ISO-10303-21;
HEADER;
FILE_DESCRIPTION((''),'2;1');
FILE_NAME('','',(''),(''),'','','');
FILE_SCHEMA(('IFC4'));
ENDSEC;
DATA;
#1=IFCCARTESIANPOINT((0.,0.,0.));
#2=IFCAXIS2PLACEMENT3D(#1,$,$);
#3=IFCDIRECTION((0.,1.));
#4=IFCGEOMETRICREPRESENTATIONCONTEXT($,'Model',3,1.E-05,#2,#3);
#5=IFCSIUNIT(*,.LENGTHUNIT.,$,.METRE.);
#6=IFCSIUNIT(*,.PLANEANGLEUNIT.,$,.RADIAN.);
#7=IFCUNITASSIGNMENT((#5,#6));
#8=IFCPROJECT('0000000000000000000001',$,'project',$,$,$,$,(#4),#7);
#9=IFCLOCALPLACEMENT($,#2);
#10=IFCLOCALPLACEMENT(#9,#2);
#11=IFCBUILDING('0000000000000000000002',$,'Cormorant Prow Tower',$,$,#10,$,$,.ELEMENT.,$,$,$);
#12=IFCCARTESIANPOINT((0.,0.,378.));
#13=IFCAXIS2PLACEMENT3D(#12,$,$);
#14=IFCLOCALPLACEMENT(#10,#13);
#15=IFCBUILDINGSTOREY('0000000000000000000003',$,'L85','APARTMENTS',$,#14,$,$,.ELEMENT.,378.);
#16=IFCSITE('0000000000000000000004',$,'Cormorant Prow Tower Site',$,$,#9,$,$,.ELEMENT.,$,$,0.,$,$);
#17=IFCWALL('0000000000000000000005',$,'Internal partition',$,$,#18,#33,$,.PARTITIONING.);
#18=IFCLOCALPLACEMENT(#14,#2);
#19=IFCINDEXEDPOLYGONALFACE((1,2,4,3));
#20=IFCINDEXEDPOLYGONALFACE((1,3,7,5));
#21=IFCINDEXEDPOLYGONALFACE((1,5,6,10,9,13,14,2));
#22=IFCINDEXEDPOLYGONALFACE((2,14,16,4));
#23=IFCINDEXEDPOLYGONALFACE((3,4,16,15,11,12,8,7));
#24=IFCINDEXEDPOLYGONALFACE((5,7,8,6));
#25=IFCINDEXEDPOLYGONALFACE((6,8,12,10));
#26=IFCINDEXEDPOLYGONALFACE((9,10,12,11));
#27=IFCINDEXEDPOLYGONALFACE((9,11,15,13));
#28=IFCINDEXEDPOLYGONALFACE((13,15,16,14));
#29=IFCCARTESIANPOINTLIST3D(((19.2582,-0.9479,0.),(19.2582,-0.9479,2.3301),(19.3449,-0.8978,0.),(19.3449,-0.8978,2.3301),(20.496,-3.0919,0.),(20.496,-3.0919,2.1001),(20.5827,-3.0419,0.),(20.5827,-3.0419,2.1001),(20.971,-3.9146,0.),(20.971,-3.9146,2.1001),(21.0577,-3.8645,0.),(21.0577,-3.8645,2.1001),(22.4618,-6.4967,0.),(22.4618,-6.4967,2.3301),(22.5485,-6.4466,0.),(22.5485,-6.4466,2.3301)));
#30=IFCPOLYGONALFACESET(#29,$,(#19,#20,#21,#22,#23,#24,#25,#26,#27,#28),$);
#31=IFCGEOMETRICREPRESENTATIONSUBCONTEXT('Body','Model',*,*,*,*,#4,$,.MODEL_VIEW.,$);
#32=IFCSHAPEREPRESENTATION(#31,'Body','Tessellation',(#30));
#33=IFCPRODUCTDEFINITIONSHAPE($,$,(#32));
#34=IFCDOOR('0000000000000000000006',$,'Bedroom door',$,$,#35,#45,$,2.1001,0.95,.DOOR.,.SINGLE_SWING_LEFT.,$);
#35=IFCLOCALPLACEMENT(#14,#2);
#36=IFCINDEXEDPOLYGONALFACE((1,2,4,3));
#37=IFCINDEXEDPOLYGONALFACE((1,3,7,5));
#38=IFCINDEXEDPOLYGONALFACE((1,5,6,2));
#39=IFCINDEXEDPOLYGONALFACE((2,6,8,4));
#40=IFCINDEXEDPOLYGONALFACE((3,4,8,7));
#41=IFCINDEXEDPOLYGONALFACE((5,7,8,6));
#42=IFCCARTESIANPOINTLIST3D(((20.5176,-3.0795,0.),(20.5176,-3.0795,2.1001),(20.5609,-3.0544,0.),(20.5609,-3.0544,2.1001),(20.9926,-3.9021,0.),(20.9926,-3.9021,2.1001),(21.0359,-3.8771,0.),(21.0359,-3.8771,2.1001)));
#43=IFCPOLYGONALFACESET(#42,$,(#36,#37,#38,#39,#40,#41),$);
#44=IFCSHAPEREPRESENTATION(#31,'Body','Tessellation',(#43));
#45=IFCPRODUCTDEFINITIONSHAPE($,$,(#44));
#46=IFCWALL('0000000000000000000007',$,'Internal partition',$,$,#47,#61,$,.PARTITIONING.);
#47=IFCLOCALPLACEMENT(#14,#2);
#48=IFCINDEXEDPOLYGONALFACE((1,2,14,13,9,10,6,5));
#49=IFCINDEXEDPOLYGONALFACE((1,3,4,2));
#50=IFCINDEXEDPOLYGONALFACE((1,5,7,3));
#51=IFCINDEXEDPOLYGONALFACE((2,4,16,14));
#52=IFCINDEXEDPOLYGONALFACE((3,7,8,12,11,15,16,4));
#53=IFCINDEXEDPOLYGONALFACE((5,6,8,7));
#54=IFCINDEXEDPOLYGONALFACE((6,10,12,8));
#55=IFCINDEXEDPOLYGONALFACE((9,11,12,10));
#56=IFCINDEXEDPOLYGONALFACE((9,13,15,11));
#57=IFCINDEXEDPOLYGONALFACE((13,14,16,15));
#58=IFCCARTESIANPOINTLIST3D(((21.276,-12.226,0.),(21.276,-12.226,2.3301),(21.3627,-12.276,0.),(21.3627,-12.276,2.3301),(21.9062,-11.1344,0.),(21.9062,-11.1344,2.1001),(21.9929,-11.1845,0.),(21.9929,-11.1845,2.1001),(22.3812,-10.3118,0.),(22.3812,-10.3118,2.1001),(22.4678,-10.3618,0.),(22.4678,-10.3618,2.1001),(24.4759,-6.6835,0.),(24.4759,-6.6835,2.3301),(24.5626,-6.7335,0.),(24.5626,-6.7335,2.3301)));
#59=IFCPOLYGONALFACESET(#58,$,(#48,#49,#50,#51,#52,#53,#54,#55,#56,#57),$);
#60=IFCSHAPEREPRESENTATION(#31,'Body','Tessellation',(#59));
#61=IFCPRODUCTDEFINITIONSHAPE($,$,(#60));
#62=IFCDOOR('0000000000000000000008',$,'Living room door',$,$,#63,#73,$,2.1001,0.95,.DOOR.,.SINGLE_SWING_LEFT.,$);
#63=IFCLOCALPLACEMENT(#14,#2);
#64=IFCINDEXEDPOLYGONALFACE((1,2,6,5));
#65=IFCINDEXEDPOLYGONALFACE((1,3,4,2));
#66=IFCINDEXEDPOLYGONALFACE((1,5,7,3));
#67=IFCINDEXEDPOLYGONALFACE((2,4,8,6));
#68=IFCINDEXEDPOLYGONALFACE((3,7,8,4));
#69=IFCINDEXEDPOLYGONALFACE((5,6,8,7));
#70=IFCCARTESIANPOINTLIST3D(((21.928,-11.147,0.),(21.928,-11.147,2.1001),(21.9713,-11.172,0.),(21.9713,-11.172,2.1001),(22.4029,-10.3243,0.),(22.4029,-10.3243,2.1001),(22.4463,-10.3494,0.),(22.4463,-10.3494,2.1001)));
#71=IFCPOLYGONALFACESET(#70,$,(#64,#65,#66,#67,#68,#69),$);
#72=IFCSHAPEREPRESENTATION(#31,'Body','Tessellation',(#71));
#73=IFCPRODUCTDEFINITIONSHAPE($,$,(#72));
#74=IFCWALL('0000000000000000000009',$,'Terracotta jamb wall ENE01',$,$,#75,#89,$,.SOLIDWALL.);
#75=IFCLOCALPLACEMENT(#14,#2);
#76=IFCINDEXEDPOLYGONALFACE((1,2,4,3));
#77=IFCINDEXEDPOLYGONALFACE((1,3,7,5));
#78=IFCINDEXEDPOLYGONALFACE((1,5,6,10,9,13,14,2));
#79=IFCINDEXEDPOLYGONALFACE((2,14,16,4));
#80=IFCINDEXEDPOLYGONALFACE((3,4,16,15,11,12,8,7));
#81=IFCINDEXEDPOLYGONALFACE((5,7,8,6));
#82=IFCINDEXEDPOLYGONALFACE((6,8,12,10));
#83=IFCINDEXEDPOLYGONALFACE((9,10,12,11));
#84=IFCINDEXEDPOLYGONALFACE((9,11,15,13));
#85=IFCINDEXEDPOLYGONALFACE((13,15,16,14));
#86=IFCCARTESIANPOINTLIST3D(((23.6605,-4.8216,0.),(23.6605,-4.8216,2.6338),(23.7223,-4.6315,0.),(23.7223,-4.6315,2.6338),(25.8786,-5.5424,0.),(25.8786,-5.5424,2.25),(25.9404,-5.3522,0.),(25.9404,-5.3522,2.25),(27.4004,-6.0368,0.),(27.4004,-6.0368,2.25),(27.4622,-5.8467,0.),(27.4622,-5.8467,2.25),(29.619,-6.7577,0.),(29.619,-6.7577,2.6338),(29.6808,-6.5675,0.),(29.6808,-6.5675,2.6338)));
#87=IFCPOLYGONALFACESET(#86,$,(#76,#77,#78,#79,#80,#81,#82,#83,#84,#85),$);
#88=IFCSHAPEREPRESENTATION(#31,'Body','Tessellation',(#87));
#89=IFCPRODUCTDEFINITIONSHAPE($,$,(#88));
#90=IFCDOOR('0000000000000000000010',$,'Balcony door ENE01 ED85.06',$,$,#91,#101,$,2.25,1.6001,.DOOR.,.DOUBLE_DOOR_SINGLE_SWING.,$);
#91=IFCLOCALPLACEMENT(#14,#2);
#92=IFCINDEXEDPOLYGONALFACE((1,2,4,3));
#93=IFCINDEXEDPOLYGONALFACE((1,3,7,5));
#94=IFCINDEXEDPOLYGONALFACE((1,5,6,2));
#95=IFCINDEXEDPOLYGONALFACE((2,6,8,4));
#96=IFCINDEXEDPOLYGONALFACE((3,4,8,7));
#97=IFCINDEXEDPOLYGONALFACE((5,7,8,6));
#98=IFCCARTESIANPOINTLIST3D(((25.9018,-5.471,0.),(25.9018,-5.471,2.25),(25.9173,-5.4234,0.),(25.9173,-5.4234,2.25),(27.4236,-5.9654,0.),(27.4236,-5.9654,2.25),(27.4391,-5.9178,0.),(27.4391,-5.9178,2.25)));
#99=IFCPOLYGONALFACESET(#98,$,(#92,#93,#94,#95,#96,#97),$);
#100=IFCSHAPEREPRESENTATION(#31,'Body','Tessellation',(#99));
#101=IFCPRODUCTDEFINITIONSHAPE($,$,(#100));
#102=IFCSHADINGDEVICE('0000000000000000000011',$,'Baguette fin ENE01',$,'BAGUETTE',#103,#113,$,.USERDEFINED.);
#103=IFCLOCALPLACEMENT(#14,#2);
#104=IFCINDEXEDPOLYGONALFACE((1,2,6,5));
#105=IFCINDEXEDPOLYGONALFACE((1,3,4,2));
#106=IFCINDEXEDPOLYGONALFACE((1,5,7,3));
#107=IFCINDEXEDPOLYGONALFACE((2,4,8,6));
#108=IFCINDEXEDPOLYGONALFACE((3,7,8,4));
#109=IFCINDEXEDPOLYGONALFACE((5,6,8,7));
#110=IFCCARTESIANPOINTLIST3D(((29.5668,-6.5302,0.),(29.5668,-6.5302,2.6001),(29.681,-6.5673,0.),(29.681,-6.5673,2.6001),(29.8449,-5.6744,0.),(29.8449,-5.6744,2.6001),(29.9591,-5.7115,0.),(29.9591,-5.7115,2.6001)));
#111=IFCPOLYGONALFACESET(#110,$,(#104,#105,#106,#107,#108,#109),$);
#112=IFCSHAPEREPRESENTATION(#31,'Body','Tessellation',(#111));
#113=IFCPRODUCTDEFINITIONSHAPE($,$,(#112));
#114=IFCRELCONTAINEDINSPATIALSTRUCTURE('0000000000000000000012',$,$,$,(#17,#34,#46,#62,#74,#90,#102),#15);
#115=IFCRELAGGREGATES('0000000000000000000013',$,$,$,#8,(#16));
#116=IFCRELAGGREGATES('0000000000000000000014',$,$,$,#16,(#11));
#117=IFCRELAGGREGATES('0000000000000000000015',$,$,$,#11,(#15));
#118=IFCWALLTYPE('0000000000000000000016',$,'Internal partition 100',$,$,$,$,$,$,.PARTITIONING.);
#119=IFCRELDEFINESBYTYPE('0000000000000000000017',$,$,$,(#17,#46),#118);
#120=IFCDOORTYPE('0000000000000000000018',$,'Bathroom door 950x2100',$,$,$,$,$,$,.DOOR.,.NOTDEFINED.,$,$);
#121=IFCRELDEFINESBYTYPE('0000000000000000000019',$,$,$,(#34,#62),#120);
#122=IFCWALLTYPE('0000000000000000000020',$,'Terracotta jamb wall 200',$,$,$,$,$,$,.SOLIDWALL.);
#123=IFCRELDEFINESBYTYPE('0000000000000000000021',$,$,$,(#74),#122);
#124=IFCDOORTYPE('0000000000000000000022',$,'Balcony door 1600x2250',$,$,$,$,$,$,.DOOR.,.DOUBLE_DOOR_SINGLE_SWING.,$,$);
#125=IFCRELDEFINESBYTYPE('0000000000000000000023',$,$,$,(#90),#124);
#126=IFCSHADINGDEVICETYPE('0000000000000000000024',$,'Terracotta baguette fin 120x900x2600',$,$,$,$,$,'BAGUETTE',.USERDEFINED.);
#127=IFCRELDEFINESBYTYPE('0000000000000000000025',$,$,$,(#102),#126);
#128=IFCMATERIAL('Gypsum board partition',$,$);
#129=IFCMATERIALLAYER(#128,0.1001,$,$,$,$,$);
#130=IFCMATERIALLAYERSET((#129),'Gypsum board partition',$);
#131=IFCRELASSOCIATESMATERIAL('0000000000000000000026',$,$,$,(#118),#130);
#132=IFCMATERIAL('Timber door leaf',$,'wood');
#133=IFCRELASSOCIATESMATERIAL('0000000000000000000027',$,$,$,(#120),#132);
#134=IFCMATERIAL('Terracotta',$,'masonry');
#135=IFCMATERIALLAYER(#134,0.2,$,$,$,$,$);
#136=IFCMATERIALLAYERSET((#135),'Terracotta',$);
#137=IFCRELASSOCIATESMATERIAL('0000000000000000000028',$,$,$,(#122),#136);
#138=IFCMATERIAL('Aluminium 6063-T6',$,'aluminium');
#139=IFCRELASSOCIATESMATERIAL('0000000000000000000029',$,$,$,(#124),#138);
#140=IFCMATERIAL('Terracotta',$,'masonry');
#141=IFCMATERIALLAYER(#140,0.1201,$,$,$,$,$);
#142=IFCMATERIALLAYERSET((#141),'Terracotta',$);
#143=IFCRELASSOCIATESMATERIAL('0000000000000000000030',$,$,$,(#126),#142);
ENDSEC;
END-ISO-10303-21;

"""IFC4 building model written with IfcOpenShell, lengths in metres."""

from ifc_helpers import new_model, si_unit, direction, frame, frame_2d, origin, origin_2d, place, context, subcontext, project, spatial, rectangle, extrude, material, layer, layer_set, type_object, element, fill, save


model = new_model("IFC4")

# Units and contexts
model_context = context("Model", 3, precision=1e-05, world=origin(), true_north=direction((0.0, 1.0)))
body_context = subcontext(model_context, "Body", "Model", "MODEL_VIEW")
ifc_project = project(units=[si_unit("LENGTHUNIT", "METRE"), si_unit("PLANEANGLEUNIT", "RADIAN")], contexts=[model_context])

# Site, building, storey
site_placement = place(None, origin())
site = spatial("IfcSite", under=ifc_project, at=site_placement, Name="Cormorant Prow Tower Site", CompositionType="ELEMENT", RefElevation=0.0)
building_placement = place(site_placement, origin())
building = spatial("IfcBuilding", under=site, at=building_placement, Name="Cormorant Prow Tower", CompositionType="ELEMENT")
storey_placement = place(building_placement, frame((0.0, 0.0, 378.0)))
storey = spatial("IfcBuildingStorey", under=building, at=storey_placement, Name="L85", Description="APARTMENTS", CompositionType="ELEMENT", Elevation=378.0)

# Walls, openings, doors
ifc_material_1 = material(Name="Gypsum board partition")
ifc_layer_1 = layer(ifc_material_1, 0.1001)
ifc_layer_set_1 = layer_set([ifc_layer_1], Name="Gypsum board partition")
wall_type_1 = type_object("IfcWallType", Name="Internal partition 100", PredefinedType="PARTITIONING", material=ifc_layer_set_1)
ifc_material_2 = material(Name="Timber door leaf", Category="wood")
door_type_1 = type_object("IfcDoorType", Name="Bathroom door 950x2100", OperationType="NOTDEFINED", PredefinedType="DOOR", material=ifc_material_2)
wall_1_placement = place(storey_placement, frame((19.3015, -0.9229, 0.0), z_axis=(0.0, 0.0, 1.0), x_axis=(0.5, -0.866026, 0.0)))
wall_1 = element("IfcWall", 1, at=wall_1_placement, inside=storey, type_object=wall_type_1, Name="Internal partition", PredefinedType="PARTITIONING", context=body_context, shape_type="SweptSolid", body=[
    extrude(rectangle(XDim=6.4072, YDim=0.1001, at=frame_2d((3.2036, 0.0))), origin(), (0.0, 0.0, 1.0), 2.3301),
])
opening_1_placement = place(wall_1_placement, frame((2.4756, 0.0, 0.0)))
opening_1 = element("IfcOpeningElement", 2, at=opening_1_placement, cuts=wall_1, PredefinedType="OPENING", context=body_context, shape_type="SweptSolid", body=[
    extrude(rectangle(XDim=0.95, YDim=2.1001, at=frame_2d((0.4751, 1.05))), frame((0.0, 0.0601, 0.0), z_axis=(0.0, -1.0, 0.0), x_axis=(1.0, 0.0, 0.0)), (0.0, 0.0, 1.0), 0.1201),
])
door_1_placement = place(opening_1_placement, origin())
door_1 = element("IfcDoor", 3, at=door_1_placement, inside=storey, type_object=door_type_1, Name="Bedroom door", OperationType="SINGLE_SWING_LEFT", OverallHeight=2.1001, OverallWidth=0.95, PredefinedType="DOOR", context=body_context, shape_type="SweptSolid", body=[
    extrude(rectangle(XDim=0.95, YDim=2.1001, at=frame_2d((0.4751, 1.05))), frame((0.0, 0.0249, 0.0), z_axis=(0.0, -1.0, 0.0), x_axis=(1.0, 0.0, 0.0)), (0.0, 0.0, 1.0), 0.05),
])
fill(opening_1, door_1)
wall_2_placement = place(storey_placement, frame((21.3193, -12.251, 0.0), z_axis=(0.0, 0.0, 1.0), x_axis=(0.5, 0.866025, 0.0)))
wall_2 = element("IfcWall", 4, at=wall_2_placement, inside=storey, type_object=wall_type_1, Name="Internal partition", PredefinedType="PARTITIONING", context=body_context, shape_type="SweptSolid", body=[
    extrude(rectangle(XDim=6.3999, YDim=0.1001, at=frame_2d((3.2, 0.0))), origin(), (0.0, 0.0, 1.0), 2.3301),
])
opening_2_placement = place(wall_2_placement, frame((1.2603, 0.0, 0.0)))
opening_2 = element("IfcOpeningElement", 5, at=opening_2_placement, cuts=wall_2, PredefinedType="OPENING", context=body_context, shape_type="SweptSolid", body=[
    extrude(rectangle(XDim=0.95, YDim=2.1001, at=frame_2d((0.4751, 1.05))), frame((0.0, 0.0601, 0.0), z_axis=(0.0, -1.0, 0.0), x_axis=(1.0, 0.0, 0.0)), (0.0, 0.0, 1.0), 0.1201),
])
door_2_placement = place(opening_2_placement, origin())
door_2 = element("IfcDoor", 6, at=door_2_placement, inside=storey, type_object=door_type_1, Name="Living room door", OperationType="SINGLE_SWING_LEFT", OverallHeight=2.1001, OverallWidth=0.95, PredefinedType="DOOR", context=body_context, shape_type="SweptSolid", body=[
    extrude(rectangle(XDim=0.95, YDim=2.1001, at=frame_2d((0.4751, 1.05))), frame((0.0, 0.0249, 0.0), z_axis=(0.0, -1.0, 0.0), x_axis=(1.0, 0.0, 0.0)), (0.0, 0.0, 1.0), 0.05),
])
fill(opening_2, door_2)
ifc_material_3 = material(Name="Terracotta", Category="masonry")
ifc_layer_2 = layer(ifc_material_3, 0.2)
ifc_layer_set_2 = layer_set([ifc_layer_2], Name="Terracotta")
wall_type_2 = type_object("IfcWallType", Name="Terracotta jamb wall 200", PredefinedType="SOLIDWALL", material=ifc_layer_set_2)
wall_3_placement = place(storey_placement, frame((29.6499, -6.6626, 0.0), z_axis=(0.0, 0.0, 1.0), x_axis=(-0.951056, 0.309017, 0.0)))
wall_3 = element("IfcWall", 7, at=wall_3_placement, inside=storey, type_object=wall_type_2, Name="Terracotta jamb wall ENE01", PredefinedType="SOLIDWALL", context=body_context, shape_type="SweptSolid", body=[
    extrude(rectangle(XDim=6.2651, YDim=0.2, at=frame_2d((3.1326, 0.0))), origin(), (0.0, 0.0, 1.0), 2.6338),
])
opening_3_placement = place(wall_3_placement, frame((2.3328, 0.0, 0.0)))
opening_3 = element("IfcOpeningElement", 8, at=opening_3_placement, cuts=wall_3, PredefinedType="OPENING", context=body_context, shape_type="SweptSolid", body=[
    extrude(rectangle(XDim=1.6001, YDim=2.25, at=frame_2d((0.8, 1.125))), frame((0.0, 0.1099, 0.0), z_axis=(0.0, -1.0, 0.0), x_axis=(1.0, 0.0, 0.0)), (0.0, 0.0, 1.0), 0.22),
])
ifc_material_4 = material(Name="Aluminium 6063-T6", Category="aluminium")
door_type_2 = type_object("IfcDoorType", Name="Balcony door 1600x2250", OperationType="DOUBLE_DOOR_SINGLE_SWING", PredefinedType="DOOR", material=ifc_material_4)
door_3_placement = place(opening_3_placement, origin())
door_3 = element("IfcDoor", 9, at=door_3_placement, inside=storey, type_object=door_type_2, Name="Balcony door ENE01 ED85.06", OperationType="DOUBLE_DOOR_SINGLE_SWING", OverallHeight=2.25, OverallWidth=1.6001, PredefinedType="DOOR", context=body_context, shape_type="SweptSolid", body=[
    extrude(rectangle(XDim=1.6001, YDim=2.25, at=frame_2d((0.8, 1.125))), frame((0.0, 0.0249, 0.0), z_axis=(0.0, -1.0, 0.0), x_axis=(1.0, 0.0, 0.0)), (0.0, 0.0, 1.0), 0.05),
])
fill(opening_3, door_3)

# Shading device
ifc_material_5 = material(Name="Terracotta", Category="masonry")
ifc_layer_3 = layer(ifc_material_5, 0.1201)
ifc_layer_set_3 = layer_set([ifc_layer_3], Name="Terracotta")
shading_device_type = type_object("IfcShadingDeviceType", Name="Terracotta baguette fin 120x900x2600", ElementType="BAGUETTE", PredefinedType="USERDEFINED", material=ifc_layer_set_3)
shading_device_placement = place(storey_placement, frame((29.7629, -6.1208, 0.0), z_axis=(0.0, 0.0, 1.0), x_axis=(-0.951056, 0.309017, 0.0)))
element("IfcShadingDevice", 10, at=shading_device_placement, inside=storey, type_object=shading_device_type, Name="Baguette fin ENE01", ObjectType="BAGUETTE", PredefinedType="USERDEFINED", context=body_context, shape_type="SweptSolid", body=[
    extrude(rectangle(XDim=0.1201, YDim=0.8999, at=origin_2d()), origin(), (0.0, 0.0, 1.0), 2.6001),
])

save(model, "model.ifc")
